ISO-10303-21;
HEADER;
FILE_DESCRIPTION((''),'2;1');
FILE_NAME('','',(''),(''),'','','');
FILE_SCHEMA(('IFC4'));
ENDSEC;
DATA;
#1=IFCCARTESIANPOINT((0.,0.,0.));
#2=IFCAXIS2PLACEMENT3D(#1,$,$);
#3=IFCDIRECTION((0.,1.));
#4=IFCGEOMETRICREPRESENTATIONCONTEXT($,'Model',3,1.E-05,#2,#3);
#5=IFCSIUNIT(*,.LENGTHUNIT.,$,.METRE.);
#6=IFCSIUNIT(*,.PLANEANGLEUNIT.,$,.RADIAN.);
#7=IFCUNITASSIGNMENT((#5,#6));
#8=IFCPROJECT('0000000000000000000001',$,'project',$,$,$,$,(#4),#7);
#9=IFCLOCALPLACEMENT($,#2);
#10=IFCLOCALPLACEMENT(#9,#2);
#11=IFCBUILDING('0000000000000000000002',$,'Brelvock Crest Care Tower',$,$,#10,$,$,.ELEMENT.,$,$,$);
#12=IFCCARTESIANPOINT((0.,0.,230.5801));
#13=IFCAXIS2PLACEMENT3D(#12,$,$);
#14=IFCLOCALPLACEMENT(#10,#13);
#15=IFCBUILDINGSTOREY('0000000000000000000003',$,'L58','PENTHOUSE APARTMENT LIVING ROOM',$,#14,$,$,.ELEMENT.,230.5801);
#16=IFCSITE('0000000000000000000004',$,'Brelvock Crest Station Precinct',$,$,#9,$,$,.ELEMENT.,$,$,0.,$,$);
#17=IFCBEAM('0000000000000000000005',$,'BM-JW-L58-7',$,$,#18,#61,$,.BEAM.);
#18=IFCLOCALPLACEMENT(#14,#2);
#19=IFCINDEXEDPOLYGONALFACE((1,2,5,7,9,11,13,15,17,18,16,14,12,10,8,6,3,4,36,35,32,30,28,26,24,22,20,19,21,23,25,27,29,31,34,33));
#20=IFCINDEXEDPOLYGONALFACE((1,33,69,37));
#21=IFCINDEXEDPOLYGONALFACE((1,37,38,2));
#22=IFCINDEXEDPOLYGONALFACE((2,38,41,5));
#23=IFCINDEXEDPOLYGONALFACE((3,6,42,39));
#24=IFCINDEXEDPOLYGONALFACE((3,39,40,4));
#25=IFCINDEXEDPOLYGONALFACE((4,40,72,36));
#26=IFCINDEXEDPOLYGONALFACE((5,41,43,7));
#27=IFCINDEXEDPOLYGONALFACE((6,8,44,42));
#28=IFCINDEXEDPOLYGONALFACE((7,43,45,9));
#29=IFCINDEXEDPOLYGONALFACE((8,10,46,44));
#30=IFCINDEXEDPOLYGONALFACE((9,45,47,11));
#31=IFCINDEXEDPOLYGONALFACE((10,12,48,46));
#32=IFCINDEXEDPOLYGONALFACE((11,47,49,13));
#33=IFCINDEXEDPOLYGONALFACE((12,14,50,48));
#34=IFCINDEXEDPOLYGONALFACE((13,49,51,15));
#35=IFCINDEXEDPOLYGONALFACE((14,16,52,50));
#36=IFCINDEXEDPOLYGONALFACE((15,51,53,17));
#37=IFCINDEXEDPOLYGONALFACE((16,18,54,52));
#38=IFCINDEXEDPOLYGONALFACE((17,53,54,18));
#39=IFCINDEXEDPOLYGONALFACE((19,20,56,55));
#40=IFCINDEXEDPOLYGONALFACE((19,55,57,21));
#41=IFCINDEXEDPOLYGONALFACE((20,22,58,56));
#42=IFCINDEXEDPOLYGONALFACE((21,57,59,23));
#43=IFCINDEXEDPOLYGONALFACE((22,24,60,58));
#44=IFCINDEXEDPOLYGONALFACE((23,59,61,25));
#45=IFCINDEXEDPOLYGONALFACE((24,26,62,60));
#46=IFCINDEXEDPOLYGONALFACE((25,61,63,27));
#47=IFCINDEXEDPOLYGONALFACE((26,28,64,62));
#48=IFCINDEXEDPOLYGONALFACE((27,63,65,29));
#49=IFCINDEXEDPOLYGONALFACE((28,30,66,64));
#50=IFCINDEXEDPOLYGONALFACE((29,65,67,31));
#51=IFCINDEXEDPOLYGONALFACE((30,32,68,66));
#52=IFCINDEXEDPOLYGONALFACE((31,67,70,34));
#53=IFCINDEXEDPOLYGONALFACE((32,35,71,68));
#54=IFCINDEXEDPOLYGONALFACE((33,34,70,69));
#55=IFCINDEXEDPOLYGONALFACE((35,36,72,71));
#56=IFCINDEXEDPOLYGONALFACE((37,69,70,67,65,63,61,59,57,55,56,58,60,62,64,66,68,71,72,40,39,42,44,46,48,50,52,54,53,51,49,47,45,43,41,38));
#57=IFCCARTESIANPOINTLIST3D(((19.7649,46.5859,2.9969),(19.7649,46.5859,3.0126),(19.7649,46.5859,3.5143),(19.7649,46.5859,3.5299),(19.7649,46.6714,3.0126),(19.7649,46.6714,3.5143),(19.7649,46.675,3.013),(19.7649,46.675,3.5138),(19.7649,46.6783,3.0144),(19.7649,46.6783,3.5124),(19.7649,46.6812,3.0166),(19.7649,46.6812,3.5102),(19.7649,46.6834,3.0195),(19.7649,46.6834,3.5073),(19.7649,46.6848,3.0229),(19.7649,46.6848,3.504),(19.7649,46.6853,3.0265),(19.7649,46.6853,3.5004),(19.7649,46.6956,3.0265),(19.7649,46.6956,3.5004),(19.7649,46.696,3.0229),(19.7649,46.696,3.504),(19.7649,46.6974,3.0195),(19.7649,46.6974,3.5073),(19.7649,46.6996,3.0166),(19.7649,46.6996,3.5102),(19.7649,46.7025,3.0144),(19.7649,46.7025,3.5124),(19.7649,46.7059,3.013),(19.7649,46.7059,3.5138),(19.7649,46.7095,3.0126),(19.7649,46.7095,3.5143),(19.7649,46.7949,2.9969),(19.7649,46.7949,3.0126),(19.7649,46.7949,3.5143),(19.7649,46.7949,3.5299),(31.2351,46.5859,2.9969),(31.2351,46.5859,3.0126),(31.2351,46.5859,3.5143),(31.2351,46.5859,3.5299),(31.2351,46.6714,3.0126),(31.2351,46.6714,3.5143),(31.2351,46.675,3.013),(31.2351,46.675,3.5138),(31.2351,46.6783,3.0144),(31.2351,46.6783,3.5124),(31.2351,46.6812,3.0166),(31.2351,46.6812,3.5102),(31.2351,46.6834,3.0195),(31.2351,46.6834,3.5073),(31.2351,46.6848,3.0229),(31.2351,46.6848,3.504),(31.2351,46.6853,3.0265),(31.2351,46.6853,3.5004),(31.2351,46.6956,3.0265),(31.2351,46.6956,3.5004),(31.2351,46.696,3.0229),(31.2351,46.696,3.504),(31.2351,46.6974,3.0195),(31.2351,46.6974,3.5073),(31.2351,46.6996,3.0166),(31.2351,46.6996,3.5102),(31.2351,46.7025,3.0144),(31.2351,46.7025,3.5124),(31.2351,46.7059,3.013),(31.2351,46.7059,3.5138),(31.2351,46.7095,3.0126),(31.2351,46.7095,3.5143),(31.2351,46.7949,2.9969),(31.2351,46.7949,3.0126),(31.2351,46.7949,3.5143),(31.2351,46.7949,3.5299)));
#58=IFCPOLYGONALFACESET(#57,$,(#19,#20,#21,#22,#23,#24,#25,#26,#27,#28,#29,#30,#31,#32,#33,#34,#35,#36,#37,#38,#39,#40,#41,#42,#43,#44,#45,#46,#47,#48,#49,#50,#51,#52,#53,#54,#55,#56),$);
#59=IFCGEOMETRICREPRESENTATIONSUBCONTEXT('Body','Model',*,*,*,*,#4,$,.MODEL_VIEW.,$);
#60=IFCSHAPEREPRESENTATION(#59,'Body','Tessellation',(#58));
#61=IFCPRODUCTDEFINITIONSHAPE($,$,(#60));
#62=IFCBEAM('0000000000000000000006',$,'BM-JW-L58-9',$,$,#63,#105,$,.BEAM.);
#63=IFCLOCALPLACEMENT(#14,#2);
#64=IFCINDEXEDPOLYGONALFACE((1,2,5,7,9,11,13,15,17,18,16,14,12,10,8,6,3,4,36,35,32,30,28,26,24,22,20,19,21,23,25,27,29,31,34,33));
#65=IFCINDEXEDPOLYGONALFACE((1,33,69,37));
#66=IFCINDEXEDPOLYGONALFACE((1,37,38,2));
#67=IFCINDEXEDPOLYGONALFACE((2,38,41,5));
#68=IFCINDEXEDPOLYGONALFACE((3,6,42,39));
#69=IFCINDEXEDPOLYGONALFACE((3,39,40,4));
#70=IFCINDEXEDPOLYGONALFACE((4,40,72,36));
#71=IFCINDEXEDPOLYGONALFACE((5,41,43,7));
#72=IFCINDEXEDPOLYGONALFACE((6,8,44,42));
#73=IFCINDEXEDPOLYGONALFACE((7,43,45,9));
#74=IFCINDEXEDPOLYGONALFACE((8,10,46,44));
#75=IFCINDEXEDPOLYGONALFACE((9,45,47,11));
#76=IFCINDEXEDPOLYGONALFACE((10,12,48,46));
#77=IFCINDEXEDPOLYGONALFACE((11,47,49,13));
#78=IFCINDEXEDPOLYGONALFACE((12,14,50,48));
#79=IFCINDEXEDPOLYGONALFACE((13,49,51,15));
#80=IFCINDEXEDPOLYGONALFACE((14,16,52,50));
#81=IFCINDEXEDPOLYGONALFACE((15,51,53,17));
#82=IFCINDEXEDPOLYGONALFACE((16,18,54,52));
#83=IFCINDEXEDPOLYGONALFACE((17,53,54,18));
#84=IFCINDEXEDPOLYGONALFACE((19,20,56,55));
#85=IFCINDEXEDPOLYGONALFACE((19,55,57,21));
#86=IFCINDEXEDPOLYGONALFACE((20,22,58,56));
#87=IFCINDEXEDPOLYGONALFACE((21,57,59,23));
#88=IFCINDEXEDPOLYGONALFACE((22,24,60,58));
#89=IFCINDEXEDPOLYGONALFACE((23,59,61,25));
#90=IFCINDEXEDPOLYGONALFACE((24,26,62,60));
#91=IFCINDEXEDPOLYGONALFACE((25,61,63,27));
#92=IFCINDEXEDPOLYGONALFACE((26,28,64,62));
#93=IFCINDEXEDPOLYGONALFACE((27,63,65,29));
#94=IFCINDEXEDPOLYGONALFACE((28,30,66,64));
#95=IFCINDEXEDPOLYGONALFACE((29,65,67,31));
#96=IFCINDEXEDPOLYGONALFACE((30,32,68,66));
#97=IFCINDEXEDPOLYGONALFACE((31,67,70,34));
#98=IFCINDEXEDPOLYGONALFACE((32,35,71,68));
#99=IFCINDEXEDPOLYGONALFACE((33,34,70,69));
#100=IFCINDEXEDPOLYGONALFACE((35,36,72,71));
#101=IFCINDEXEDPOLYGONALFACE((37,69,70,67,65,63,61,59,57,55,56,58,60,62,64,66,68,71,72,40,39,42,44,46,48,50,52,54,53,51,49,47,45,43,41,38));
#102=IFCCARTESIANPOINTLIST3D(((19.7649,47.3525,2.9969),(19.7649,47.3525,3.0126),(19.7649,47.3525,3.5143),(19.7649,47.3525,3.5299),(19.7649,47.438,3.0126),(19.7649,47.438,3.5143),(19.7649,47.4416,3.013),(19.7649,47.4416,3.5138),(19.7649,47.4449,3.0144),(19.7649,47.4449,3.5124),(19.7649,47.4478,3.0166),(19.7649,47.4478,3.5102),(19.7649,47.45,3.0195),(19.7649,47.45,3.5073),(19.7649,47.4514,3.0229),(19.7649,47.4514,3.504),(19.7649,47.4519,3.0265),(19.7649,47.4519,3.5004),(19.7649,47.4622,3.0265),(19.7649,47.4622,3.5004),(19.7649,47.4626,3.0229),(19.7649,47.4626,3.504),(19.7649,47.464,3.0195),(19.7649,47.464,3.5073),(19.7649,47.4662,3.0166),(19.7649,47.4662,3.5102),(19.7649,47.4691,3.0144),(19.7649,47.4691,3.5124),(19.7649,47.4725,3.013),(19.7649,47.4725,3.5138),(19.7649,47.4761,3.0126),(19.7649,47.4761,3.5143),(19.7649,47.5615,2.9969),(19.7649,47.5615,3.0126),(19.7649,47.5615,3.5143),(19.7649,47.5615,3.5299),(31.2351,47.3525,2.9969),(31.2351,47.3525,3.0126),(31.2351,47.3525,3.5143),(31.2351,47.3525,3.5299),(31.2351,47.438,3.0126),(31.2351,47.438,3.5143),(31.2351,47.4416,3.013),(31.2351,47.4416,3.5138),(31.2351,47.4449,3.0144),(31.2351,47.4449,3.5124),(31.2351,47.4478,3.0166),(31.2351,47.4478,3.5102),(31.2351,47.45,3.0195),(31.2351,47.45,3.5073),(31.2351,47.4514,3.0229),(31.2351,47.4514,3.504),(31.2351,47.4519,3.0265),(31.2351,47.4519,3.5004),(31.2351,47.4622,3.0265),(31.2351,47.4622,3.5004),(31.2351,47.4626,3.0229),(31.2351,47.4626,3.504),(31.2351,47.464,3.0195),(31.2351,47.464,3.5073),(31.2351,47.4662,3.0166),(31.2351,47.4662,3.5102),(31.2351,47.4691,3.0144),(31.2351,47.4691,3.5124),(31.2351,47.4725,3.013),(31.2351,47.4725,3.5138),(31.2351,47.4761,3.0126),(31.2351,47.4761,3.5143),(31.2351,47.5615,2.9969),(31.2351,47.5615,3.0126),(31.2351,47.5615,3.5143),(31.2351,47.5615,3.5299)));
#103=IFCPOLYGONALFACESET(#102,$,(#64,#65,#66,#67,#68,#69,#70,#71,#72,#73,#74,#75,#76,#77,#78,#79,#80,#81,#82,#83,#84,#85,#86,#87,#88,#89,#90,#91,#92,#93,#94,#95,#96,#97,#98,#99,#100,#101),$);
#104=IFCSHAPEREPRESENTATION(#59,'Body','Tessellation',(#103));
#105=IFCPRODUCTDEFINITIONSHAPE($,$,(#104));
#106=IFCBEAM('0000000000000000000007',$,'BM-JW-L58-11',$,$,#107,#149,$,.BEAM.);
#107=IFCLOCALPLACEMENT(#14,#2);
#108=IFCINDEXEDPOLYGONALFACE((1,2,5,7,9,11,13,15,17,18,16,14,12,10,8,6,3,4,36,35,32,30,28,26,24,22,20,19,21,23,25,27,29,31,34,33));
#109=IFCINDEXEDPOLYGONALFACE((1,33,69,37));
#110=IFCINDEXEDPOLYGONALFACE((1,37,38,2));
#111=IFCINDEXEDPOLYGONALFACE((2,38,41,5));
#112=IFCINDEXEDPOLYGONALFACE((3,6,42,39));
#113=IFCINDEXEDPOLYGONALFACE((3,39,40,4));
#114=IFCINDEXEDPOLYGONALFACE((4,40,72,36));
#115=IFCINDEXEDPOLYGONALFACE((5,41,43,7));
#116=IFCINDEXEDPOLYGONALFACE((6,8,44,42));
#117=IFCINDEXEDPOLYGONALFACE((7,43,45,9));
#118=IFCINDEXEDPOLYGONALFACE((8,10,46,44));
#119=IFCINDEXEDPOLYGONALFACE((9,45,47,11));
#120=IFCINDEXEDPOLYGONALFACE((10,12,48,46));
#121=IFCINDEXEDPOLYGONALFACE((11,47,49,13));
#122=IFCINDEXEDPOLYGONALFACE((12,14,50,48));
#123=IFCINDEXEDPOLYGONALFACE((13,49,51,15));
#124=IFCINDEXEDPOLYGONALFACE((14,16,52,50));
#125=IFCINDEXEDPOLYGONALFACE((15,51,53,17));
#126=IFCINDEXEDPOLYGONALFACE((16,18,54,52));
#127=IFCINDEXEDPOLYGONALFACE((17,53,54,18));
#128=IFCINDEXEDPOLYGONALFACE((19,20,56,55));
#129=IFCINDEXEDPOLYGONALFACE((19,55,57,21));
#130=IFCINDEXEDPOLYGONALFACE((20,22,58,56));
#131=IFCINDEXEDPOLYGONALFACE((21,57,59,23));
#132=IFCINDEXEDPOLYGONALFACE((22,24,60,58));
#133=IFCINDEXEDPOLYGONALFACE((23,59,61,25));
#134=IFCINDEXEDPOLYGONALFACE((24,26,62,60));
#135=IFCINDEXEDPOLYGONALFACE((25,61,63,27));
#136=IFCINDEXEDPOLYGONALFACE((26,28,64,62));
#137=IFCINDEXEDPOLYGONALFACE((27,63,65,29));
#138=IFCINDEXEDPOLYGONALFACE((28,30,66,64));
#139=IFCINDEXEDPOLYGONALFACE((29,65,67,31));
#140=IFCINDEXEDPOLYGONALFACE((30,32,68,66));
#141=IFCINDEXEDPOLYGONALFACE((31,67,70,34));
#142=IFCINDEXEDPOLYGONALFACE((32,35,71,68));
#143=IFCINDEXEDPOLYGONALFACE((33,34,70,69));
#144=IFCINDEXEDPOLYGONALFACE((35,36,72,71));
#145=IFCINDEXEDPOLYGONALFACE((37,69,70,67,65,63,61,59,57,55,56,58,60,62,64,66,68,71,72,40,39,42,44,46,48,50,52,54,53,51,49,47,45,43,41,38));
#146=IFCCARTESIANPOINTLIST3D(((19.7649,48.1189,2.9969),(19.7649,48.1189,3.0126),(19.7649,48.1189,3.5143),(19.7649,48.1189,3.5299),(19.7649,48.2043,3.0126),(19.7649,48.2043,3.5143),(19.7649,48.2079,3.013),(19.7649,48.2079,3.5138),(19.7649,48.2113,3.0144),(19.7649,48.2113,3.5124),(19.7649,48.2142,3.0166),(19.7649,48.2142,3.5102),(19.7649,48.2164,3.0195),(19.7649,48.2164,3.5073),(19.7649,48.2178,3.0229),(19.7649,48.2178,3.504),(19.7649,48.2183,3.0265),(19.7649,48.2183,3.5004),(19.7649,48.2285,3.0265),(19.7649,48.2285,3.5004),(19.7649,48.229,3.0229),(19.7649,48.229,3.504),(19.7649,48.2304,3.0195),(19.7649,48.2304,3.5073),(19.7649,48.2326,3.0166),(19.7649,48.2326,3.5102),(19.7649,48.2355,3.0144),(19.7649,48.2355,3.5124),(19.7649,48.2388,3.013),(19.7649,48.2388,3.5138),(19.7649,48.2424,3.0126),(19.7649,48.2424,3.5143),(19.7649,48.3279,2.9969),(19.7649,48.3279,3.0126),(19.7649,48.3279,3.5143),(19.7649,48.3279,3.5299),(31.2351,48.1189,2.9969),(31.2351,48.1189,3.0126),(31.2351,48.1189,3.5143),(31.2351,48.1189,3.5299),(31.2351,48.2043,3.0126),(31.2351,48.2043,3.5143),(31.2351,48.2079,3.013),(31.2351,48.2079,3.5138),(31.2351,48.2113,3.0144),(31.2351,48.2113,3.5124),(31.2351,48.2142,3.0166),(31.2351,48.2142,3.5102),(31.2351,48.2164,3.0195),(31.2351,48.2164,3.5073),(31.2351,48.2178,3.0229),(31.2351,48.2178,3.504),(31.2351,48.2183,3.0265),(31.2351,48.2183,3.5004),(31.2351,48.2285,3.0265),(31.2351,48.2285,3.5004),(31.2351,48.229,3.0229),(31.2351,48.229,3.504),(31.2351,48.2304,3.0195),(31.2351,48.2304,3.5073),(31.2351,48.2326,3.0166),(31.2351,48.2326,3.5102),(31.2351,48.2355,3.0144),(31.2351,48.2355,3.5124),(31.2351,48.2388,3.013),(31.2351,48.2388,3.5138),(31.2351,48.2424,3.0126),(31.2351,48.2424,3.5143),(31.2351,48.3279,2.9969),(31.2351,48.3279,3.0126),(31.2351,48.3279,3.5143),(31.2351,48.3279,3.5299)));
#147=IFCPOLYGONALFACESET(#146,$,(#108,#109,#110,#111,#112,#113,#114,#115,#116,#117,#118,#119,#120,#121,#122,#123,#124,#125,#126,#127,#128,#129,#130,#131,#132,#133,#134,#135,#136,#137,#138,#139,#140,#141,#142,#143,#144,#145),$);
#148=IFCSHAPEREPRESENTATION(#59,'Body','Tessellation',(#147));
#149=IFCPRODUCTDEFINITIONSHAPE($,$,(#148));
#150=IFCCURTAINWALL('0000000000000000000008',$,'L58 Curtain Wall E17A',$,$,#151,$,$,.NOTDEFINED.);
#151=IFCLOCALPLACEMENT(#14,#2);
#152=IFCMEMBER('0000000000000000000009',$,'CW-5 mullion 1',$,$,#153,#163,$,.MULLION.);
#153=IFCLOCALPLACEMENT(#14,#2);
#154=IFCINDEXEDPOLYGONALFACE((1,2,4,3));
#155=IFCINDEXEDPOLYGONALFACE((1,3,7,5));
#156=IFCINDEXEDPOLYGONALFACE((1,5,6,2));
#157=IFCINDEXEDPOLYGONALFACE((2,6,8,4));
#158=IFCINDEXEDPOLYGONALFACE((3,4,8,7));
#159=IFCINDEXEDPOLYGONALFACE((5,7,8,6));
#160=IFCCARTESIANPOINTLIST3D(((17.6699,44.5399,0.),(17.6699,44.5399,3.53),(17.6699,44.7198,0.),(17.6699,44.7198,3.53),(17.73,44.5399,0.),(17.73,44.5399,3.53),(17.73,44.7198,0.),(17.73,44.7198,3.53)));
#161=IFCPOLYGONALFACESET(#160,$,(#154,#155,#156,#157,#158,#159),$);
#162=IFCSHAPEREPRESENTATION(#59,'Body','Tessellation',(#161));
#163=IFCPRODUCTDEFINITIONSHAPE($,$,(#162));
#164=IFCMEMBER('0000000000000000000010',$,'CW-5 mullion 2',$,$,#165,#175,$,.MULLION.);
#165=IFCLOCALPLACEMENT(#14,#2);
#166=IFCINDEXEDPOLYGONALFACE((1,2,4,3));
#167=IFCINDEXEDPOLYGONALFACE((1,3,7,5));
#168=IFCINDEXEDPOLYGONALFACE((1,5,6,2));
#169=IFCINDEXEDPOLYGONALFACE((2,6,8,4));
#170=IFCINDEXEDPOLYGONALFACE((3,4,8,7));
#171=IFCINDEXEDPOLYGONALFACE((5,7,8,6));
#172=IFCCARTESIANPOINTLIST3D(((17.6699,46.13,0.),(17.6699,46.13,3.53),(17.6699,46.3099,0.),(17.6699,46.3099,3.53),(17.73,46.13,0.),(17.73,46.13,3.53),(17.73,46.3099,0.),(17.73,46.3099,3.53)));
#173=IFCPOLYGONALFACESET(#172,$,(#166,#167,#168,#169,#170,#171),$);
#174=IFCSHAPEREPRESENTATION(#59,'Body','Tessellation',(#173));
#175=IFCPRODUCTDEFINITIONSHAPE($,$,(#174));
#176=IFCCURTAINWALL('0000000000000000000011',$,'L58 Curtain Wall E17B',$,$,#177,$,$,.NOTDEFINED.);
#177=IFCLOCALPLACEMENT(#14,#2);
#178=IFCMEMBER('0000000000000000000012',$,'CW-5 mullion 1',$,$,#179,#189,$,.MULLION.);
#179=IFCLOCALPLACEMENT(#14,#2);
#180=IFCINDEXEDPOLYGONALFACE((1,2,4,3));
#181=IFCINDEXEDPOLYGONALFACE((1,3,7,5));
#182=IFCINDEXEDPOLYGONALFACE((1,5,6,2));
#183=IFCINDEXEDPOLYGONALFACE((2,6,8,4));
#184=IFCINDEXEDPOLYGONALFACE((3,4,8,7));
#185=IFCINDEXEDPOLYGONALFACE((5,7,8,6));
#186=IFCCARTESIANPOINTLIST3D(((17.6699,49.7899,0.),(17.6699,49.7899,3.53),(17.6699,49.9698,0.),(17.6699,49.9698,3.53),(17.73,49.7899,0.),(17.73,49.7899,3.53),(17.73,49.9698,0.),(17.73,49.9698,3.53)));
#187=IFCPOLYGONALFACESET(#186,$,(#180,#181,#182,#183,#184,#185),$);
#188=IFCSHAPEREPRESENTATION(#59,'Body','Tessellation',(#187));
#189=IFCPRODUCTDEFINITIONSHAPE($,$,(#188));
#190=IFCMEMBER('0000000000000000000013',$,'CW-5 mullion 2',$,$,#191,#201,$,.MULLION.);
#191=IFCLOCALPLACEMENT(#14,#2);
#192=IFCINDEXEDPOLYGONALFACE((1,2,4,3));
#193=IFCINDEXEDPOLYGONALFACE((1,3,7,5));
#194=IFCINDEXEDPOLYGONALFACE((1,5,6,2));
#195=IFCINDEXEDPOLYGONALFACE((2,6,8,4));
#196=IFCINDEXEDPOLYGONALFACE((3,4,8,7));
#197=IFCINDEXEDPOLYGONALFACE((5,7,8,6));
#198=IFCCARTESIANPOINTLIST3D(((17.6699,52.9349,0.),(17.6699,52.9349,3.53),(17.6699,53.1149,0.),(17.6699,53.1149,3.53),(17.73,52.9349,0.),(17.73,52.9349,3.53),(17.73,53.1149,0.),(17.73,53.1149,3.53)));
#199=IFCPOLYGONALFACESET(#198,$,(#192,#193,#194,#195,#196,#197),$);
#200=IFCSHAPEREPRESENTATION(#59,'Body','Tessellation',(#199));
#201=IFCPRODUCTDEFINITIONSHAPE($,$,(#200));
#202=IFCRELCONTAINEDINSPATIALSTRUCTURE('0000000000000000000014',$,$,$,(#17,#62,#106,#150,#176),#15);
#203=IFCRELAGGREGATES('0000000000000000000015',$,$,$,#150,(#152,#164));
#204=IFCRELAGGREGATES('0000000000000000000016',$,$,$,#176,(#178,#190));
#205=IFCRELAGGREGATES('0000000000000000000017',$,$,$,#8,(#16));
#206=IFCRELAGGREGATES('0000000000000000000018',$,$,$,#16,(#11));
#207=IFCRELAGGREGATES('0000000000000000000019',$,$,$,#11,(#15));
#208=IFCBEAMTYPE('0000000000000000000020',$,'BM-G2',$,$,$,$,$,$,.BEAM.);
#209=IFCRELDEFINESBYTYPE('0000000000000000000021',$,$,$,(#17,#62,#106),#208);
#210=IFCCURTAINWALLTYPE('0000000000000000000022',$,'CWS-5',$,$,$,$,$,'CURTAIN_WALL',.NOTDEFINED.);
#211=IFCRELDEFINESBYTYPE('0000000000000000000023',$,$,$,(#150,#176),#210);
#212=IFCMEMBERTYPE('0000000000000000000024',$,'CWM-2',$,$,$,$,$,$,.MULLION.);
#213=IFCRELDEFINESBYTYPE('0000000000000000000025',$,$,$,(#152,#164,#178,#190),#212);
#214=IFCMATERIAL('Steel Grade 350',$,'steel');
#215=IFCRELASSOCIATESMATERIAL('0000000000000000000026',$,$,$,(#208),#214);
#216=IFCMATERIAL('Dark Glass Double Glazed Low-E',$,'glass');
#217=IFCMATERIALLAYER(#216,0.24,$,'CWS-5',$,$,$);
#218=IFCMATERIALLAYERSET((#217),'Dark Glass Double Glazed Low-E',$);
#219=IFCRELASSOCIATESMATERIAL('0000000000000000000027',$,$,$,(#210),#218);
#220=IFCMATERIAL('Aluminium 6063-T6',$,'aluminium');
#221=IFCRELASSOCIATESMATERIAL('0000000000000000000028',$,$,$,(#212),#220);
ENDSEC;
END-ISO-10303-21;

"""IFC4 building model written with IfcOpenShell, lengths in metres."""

from ifc_helpers import new_model, si_unit, direction, frame, origin, origin_2d, place, context, subcontext, project, spatial, rectangle, i_section, extrude, source, transform, mapped, material, layer, layer_set, material_profile, profile_set, type_object, element, aggregate, save


model = new_model("IFC4")

# Units and contexts
model_context = context("Model", 3, precision=1e-05, world=origin(), true_north=direction((0.0, 1.0)))
body_context = subcontext(model_context, "Body", "Model", "MODEL_VIEW")
ifc_project = project(units=[si_unit("LENGTHUNIT", "METRE"), si_unit("PLANEANGLEUNIT", "RADIAN")], contexts=[model_context])

# Site, building, storey
site_placement = place(None, origin())
site = spatial("IfcSite", under=ifc_project, at=site_placement, Name="Brelvock Crest Station Precinct", CompositionType="ELEMENT", RefElevation=0.0)
building_placement = place(site_placement, origin())
building = spatial("IfcBuilding", under=site, at=building_placement, Name="Brelvock Crest Care Tower", CompositionType="ELEMENT")
storey_placement = place(building_placement, frame((0.0, 0.0, 230.5801)))
storey = spatial("IfcBuildingStorey", under=building, at=storey_placement, Name="L58", Description="PENTHOUSE APARTMENT LIVING ROOM", CompositionType="ELEMENT", Elevation=230.5801)

# Beams
ifc_material_1 = material(Name="Steel Grade 350", Category="steel")
ifc_material_profile_1 = material_profile(ifc_material_1, i_section(OverallWidth=0.209, OverallDepth=0.533, WebThickness=0.0103, FlangeThickness=0.0156, FilletRadius=0.0139, at=origin_2d()), Name="530UB92.4")
ifc_profile_set_1 = profile_set([ifc_material_profile_1], Name="Steel Grade 350")
beam_type_1 = type_object("IfcBeamType", Name="BM-G2", PredefinedType="BEAM", material=ifc_profile_set_1)
shared_shape_1 = source(origin(), body_context, "Body", "SweptSolid", [
    extrude(i_section(OverallWidth=0.209, OverallDepth=0.533, WebThickness=0.0103, FlangeThickness=0.0156, FilletRadius=0.0139, at=origin_2d()), origin(), (0.0, 0.0, 1.0), 11.4702),
])
for number, where, z_axis, x_axis, name in (
    (1, (19.7649, 46.6904, 3.2634), (1.0, 0.0, 0.0), (0.0, 1.0, 0.0), "BM-JW-L58-7"),
    (2, (19.7649, 47.457, 3.2634), (1.0, 0.0, 0.0), (0.0, 1.0, 0.0), "BM-JW-L58-9"),
    (3, (19.7649, 48.2234, 3.2634), (1.0, 0.0, 0.0), (0.0, 1.0, 0.0), "BM-JW-L58-11"),
):
    element("IfcBeam", number, at=place(storey_placement, frame(where, z_axis=z_axis, x_axis=x_axis)), inside=storey, type_object=beam_type_1, Name=name, PredefinedType="BEAM", context=body_context, shape_type="MappedRepresentation", body=[
        mapped(shared_shape_1, transform((0.0, 0.0, 0.0), x_axis=(1.0, 0.0, 0.0), y_axis=(0.0, 1.0, 0.0), z_axis=(0.0, 0.0, 1.0), scale=1.0)),
    ])

# Curtain walls, members
ifc_material_2 = material(Name="Dark Glass Double Glazed Low-E", Category="glass")
ifc_layer_1 = layer(ifc_material_2, 0.24, Name="CWS-5")
ifc_layer_set_1 = layer_set([ifc_layer_1], Name="Dark Glass Double Glazed Low-E")
curtain_wall_type = type_object("IfcCurtainWallType", Name="CWS-5", ElementType="CURTAIN_WALL", PredefinedType="NOTDEFINED", material=ifc_layer_set_1)
curtain_wall_1_placement = place(storey_placement, origin())
curtain_wall_1 = element("IfcCurtainWall", 4, at=curtain_wall_1_placement, inside=storey, type_object=curtain_wall_type, Name="L58 Curtain Wall E17A", PredefinedType="NOTDEFINED")
ifc_material_3 = material(Name="Aluminium 6063-T6", Category="aluminium")
ifc_material_profile_2 = material_profile(ifc_material_3, rectangle(XDim=0.0601, YDim=0.1799, at=origin_2d()), Name="ALU60x180")
ifc_profile_set_2 = profile_set([ifc_material_profile_2], Name="Aluminium 6063-T6")
member_type_1 = type_object("IfcMemberType", Name="CWM-2", PredefinedType="MULLION", material=ifc_profile_set_2)
shared_shape_2 = source(origin(), body_context, "Body", "SweptSolid", [
    extrude(rectangle(XDim=0.0601, YDim=0.1799, at=origin_2d()), origin(), (0.0, 0.0, 1.0), 3.53),
])
member_1_placement = place(storey_placement, frame((17.7, 44.6299, 0.0), z_axis=(0.0, 0.0, 1.0), x_axis=(-1.0, 0.0, 0.0)))
member_1 = element("IfcMember", 5, at=member_1_placement, type_object=member_type_1, Name="CW-5 mullion 1", PredefinedType="MULLION", context=body_context, shape_type="MappedRepresentation", body=[
    mapped(shared_shape_2, transform((0.0, 0.0, 0.0), x_axis=(1.0, 0.0, 0.0), y_axis=(0.0, 1.0, 0.0), z_axis=(0.0, 0.0, 1.0), scale=1.0)),
])
member_2_placement = place(storey_placement, frame((17.7, 46.22, 0.0), z_axis=(0.0, 0.0, 1.0), x_axis=(-1.0, 0.0, 0.0)))
member_2 = element("IfcMember", 6, at=member_2_placement, type_object=member_type_1, Name="CW-5 mullion 2", PredefinedType="MULLION", context=body_context, shape_type="MappedRepresentation", body=[
    mapped(shared_shape_2, transform((0.0, 0.0, 0.0), x_axis=(1.0, 0.0, 0.0), y_axis=(0.0, 1.0, 0.0), z_axis=(0.0, 0.0, 1.0), scale=1.0)),
])
curtain_wall_2_placement = place(storey_placement, origin())
curtain_wall_2 = element("IfcCurtainWall", 7, at=curtain_wall_2_placement, inside=storey, type_object=curtain_wall_type, Name="L58 Curtain Wall E17B", PredefinedType="NOTDEFINED")
member_3_placement = place(storey_placement, frame((17.7, 49.8799, 0.0), z_axis=(0.0, 0.0, 1.0), x_axis=(-1.0, 0.0, 0.0)))
member_3 = element("IfcMember", 8, at=member_3_placement, type_object=member_type_1, Name="CW-5 mullion 1", PredefinedType="MULLION", context=body_context, shape_type="MappedRepresentation", body=[
    mapped(shared_shape_2, transform((0.0, 0.0, 0.0), x_axis=(1.0, 0.0, 0.0), y_axis=(0.0, 1.0, 0.0), z_axis=(0.0, 0.0, 1.0), scale=1.0)),
])
member_4_placement = place(storey_placement, frame((17.7, 53.0249, 0.0), z_axis=(0.0, 0.0, 1.0), x_axis=(-1.0, 0.0, 0.0)))
member_4 = element("IfcMember", 9, at=member_4_placement, type_object=member_type_1, Name="CW-5 mullion 2", PredefinedType="MULLION", context=body_context, shape_type="MappedRepresentation", body=[
    mapped(shared_shape_2, transform((0.0, 0.0, 0.0), x_axis=(1.0, 0.0, 0.0), y_axis=(0.0, 1.0, 0.0), z_axis=(0.0, 0.0, 1.0), scale=1.0)),
])

aggregate(curtain_wall_1, [member_1, member_2])
aggregate(curtain_wall_2, [member_3, member_4])

save(model, "model.ifc")
